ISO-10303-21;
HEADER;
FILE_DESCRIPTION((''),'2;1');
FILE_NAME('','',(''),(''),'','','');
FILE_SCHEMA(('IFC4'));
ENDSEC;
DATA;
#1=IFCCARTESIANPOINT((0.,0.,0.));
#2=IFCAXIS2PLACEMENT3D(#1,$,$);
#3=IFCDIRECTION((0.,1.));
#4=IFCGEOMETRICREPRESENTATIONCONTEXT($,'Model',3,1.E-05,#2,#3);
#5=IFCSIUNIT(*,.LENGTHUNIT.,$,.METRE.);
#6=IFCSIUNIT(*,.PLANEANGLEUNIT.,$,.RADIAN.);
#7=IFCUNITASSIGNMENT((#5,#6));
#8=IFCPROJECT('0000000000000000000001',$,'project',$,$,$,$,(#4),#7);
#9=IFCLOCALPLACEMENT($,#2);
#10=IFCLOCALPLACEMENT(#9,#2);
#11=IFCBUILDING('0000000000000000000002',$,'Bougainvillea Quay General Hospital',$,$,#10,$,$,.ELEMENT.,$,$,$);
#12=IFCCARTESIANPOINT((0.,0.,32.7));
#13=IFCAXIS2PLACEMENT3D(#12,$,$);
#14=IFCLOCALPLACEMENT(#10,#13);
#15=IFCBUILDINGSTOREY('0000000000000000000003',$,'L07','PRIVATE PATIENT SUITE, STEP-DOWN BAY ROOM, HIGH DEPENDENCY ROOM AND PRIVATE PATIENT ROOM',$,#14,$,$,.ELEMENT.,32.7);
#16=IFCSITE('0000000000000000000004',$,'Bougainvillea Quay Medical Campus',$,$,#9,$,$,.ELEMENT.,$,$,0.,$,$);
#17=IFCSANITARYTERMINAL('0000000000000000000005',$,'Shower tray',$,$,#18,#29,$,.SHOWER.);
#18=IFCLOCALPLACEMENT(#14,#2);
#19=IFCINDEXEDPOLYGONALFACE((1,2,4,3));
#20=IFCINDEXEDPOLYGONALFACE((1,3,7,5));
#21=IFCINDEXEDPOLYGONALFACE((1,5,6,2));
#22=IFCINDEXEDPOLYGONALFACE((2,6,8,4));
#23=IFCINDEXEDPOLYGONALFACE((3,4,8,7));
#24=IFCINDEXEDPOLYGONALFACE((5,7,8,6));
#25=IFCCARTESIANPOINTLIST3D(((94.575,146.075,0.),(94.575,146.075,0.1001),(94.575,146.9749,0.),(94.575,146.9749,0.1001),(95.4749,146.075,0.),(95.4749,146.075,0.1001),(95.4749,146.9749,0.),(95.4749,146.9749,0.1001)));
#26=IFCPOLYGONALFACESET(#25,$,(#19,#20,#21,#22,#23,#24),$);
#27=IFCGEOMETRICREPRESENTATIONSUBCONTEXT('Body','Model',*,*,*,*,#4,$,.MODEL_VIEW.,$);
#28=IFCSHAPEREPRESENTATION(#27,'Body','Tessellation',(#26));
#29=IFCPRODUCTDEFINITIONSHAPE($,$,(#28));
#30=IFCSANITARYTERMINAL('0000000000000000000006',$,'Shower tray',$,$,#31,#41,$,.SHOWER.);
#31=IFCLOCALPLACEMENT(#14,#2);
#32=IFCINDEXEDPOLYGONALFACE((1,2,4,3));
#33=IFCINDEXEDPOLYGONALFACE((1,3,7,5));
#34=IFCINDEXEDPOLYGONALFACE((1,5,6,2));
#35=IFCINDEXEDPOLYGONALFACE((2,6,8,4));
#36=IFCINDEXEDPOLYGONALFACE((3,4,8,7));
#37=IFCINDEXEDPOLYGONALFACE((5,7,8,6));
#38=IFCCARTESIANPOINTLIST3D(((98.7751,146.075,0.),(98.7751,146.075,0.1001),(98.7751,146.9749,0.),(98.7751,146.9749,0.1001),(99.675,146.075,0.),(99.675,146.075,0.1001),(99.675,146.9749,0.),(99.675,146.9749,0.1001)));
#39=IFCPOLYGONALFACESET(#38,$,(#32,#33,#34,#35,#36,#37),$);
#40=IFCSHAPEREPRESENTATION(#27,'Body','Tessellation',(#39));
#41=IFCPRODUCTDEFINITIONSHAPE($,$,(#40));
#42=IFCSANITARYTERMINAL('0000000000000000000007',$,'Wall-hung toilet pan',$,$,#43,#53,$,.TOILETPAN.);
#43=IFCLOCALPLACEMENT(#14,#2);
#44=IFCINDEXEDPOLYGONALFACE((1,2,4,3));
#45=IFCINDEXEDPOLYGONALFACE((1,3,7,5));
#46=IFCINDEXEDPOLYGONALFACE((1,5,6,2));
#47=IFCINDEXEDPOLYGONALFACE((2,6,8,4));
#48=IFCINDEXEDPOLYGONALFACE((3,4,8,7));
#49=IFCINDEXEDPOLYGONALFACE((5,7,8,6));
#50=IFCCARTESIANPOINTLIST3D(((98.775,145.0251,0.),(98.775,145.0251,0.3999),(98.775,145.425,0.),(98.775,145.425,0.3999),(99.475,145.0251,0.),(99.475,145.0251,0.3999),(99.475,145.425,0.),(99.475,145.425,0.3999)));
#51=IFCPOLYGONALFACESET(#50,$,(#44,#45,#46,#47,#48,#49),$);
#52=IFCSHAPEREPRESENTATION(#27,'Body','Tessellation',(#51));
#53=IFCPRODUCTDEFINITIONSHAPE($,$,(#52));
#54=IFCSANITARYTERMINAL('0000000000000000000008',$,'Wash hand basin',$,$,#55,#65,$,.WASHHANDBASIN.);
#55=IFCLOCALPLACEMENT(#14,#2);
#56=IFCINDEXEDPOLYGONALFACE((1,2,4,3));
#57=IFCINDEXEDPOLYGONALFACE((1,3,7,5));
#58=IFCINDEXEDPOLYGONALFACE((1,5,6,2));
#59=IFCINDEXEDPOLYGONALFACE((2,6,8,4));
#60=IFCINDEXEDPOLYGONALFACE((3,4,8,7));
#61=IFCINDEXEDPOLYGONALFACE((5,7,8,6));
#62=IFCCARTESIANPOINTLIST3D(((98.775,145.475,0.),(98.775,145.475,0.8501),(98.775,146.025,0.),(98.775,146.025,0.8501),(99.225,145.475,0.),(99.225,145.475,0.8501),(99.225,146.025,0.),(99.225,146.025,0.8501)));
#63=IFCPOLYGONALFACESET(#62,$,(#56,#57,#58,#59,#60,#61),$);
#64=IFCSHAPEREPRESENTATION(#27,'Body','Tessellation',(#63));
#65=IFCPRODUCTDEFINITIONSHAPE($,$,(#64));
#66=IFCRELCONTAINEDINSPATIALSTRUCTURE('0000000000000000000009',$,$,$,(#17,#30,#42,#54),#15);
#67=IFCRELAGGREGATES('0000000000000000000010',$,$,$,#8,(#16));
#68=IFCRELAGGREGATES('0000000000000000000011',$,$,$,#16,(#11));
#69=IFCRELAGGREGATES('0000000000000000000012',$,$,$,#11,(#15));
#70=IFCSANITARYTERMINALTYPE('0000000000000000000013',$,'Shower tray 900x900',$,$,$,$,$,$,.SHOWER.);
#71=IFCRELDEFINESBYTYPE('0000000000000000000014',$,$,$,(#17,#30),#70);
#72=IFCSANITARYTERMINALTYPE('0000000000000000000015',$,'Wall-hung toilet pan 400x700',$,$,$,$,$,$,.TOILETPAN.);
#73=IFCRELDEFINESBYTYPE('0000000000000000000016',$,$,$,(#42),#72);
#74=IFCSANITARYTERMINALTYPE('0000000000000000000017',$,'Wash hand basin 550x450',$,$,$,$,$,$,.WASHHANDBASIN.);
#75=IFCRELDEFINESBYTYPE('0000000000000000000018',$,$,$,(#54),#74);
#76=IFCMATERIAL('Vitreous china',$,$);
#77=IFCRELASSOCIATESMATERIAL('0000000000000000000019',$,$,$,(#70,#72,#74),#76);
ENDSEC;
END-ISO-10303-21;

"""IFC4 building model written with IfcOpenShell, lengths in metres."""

from ifc_helpers import new_model, si_unit, direction, frame, origin, origin_2d, place, context, subcontext, project, spatial, rectangle, extrude, material, type_object, element, save


model = new_model("IFC4")

# Units and contexts
model_context = context("Model", 3, precision=1e-05, world=origin(), true_north=direction((0.0, 1.0)))
body_context = subcontext(model_context, "Body", "Model", "MODEL_VIEW")
ifc_project = project(units=[si_unit("LENGTHUNIT", "METRE"), si_unit("PLANEANGLEUNIT", "RADIAN")], contexts=[model_context])

# Site, building, storey
site_placement = place(None, origin())
site = spatial("IfcSite", under=ifc_project, at=site_placement, Name="Bougainvillea Quay Medical Campus", CompositionType="ELEMENT", RefElevation=0.0)
building_placement = place(site_placement, origin())
building = spatial("IfcBuilding", under=site, at=building_placement, Name="Bougainvillea Quay General Hospital", CompositionType="ELEMENT")
storey_placement = place(building_placement, frame((0.0, 0.0, 32.7)))
storey = spatial("IfcBuildingStorey", under=building, at=storey_placement, Name="L07", Description="PRIVATE PATIENT SUITE, STEP-DOWN BAY ROOM, HIGH DEPENDENCY ROOM AND PRIVATE PATIENT ROOM", CompositionType="ELEMENT", Elevation=32.7)

# Sanitary terminals
ifc_material_1 = material(Name="Vitreous china")
sanitary_terminal_type_1 = type_object("IfcSanitaryTerminalType", Name="Shower tray 900x900", PredefinedType="SHOWER", material=ifc_material_1)
for number, where, z_axis, x_axis, name in (
    (1, (95.0249, 146.5249, 0.0), (0.0, 0.0, 1.0), (0.0, 1.0, 0.0), "Shower tray"),
    (2, (99.2251, 146.5249, 0.0), (0.0, 0.0, 1.0), (0.0, 1.0, 0.0), "Shower tray"),
):
    element("IfcSanitaryTerminal", number, at=place(storey_placement, frame(where, z_axis=z_axis, x_axis=x_axis)), inside=storey, type_object=sanitary_terminal_type_1, Name=name, PredefinedType="SHOWER", context=body_context, shape_type="SweptSolid", body=[
        extrude(rectangle(XDim=0.8999, YDim=0.8999, at=origin_2d()), origin(), (0.0, 0.0, 1.0), 0.1001),
    ])
sanitary_terminal_type_2 = type_object("IfcSanitaryTerminalType", Name="Wall-hung toilet pan 400x700", PredefinedType="TOILETPAN", material=ifc_material_1)
sanitary_terminal_1_placement = place(storey_placement, frame((99.125, 145.2251, 0.0), z_axis=(0.0, 0.0, 1.0), x_axis=(0.0, 1.0, 0.0)))
element("IfcSanitaryTerminal", 3, at=sanitary_terminal_1_placement, inside=storey, type_object=sanitary_terminal_type_2, Name="Wall-hung toilet pan", PredefinedType="TOILETPAN", context=body_context, shape_type="SweptSolid", body=[
    extrude(rectangle(XDim=0.3999, YDim=0.7, at=origin_2d()), origin(), (0.0, 0.0, 1.0), 0.3999),
])
sanitary_terminal_type_3 = type_object("IfcSanitaryTerminalType", Name="Wash hand basin 550x450", PredefinedType="WASHHANDBASIN", material=ifc_material_1)
sanitary_terminal_2_placement = place(storey_placement, frame((99.0, 145.75, 0.0), z_axis=(0.0, 0.0, 1.0), x_axis=(0.0, 1.0, 0.0)))
element("IfcSanitaryTerminal", 4, at=sanitary_terminal_2_placement, inside=storey, type_object=sanitary_terminal_type_3, Name="Wash hand basin", PredefinedType="WASHHANDBASIN", context=body_context, shape_type="SweptSolid", body=[
    extrude(rectangle(XDim=0.55, YDim=0.45, at=origin_2d()), origin(), (0.0, 0.0, 1.0), 0.8501),
])

save(model, "model.ifc")
